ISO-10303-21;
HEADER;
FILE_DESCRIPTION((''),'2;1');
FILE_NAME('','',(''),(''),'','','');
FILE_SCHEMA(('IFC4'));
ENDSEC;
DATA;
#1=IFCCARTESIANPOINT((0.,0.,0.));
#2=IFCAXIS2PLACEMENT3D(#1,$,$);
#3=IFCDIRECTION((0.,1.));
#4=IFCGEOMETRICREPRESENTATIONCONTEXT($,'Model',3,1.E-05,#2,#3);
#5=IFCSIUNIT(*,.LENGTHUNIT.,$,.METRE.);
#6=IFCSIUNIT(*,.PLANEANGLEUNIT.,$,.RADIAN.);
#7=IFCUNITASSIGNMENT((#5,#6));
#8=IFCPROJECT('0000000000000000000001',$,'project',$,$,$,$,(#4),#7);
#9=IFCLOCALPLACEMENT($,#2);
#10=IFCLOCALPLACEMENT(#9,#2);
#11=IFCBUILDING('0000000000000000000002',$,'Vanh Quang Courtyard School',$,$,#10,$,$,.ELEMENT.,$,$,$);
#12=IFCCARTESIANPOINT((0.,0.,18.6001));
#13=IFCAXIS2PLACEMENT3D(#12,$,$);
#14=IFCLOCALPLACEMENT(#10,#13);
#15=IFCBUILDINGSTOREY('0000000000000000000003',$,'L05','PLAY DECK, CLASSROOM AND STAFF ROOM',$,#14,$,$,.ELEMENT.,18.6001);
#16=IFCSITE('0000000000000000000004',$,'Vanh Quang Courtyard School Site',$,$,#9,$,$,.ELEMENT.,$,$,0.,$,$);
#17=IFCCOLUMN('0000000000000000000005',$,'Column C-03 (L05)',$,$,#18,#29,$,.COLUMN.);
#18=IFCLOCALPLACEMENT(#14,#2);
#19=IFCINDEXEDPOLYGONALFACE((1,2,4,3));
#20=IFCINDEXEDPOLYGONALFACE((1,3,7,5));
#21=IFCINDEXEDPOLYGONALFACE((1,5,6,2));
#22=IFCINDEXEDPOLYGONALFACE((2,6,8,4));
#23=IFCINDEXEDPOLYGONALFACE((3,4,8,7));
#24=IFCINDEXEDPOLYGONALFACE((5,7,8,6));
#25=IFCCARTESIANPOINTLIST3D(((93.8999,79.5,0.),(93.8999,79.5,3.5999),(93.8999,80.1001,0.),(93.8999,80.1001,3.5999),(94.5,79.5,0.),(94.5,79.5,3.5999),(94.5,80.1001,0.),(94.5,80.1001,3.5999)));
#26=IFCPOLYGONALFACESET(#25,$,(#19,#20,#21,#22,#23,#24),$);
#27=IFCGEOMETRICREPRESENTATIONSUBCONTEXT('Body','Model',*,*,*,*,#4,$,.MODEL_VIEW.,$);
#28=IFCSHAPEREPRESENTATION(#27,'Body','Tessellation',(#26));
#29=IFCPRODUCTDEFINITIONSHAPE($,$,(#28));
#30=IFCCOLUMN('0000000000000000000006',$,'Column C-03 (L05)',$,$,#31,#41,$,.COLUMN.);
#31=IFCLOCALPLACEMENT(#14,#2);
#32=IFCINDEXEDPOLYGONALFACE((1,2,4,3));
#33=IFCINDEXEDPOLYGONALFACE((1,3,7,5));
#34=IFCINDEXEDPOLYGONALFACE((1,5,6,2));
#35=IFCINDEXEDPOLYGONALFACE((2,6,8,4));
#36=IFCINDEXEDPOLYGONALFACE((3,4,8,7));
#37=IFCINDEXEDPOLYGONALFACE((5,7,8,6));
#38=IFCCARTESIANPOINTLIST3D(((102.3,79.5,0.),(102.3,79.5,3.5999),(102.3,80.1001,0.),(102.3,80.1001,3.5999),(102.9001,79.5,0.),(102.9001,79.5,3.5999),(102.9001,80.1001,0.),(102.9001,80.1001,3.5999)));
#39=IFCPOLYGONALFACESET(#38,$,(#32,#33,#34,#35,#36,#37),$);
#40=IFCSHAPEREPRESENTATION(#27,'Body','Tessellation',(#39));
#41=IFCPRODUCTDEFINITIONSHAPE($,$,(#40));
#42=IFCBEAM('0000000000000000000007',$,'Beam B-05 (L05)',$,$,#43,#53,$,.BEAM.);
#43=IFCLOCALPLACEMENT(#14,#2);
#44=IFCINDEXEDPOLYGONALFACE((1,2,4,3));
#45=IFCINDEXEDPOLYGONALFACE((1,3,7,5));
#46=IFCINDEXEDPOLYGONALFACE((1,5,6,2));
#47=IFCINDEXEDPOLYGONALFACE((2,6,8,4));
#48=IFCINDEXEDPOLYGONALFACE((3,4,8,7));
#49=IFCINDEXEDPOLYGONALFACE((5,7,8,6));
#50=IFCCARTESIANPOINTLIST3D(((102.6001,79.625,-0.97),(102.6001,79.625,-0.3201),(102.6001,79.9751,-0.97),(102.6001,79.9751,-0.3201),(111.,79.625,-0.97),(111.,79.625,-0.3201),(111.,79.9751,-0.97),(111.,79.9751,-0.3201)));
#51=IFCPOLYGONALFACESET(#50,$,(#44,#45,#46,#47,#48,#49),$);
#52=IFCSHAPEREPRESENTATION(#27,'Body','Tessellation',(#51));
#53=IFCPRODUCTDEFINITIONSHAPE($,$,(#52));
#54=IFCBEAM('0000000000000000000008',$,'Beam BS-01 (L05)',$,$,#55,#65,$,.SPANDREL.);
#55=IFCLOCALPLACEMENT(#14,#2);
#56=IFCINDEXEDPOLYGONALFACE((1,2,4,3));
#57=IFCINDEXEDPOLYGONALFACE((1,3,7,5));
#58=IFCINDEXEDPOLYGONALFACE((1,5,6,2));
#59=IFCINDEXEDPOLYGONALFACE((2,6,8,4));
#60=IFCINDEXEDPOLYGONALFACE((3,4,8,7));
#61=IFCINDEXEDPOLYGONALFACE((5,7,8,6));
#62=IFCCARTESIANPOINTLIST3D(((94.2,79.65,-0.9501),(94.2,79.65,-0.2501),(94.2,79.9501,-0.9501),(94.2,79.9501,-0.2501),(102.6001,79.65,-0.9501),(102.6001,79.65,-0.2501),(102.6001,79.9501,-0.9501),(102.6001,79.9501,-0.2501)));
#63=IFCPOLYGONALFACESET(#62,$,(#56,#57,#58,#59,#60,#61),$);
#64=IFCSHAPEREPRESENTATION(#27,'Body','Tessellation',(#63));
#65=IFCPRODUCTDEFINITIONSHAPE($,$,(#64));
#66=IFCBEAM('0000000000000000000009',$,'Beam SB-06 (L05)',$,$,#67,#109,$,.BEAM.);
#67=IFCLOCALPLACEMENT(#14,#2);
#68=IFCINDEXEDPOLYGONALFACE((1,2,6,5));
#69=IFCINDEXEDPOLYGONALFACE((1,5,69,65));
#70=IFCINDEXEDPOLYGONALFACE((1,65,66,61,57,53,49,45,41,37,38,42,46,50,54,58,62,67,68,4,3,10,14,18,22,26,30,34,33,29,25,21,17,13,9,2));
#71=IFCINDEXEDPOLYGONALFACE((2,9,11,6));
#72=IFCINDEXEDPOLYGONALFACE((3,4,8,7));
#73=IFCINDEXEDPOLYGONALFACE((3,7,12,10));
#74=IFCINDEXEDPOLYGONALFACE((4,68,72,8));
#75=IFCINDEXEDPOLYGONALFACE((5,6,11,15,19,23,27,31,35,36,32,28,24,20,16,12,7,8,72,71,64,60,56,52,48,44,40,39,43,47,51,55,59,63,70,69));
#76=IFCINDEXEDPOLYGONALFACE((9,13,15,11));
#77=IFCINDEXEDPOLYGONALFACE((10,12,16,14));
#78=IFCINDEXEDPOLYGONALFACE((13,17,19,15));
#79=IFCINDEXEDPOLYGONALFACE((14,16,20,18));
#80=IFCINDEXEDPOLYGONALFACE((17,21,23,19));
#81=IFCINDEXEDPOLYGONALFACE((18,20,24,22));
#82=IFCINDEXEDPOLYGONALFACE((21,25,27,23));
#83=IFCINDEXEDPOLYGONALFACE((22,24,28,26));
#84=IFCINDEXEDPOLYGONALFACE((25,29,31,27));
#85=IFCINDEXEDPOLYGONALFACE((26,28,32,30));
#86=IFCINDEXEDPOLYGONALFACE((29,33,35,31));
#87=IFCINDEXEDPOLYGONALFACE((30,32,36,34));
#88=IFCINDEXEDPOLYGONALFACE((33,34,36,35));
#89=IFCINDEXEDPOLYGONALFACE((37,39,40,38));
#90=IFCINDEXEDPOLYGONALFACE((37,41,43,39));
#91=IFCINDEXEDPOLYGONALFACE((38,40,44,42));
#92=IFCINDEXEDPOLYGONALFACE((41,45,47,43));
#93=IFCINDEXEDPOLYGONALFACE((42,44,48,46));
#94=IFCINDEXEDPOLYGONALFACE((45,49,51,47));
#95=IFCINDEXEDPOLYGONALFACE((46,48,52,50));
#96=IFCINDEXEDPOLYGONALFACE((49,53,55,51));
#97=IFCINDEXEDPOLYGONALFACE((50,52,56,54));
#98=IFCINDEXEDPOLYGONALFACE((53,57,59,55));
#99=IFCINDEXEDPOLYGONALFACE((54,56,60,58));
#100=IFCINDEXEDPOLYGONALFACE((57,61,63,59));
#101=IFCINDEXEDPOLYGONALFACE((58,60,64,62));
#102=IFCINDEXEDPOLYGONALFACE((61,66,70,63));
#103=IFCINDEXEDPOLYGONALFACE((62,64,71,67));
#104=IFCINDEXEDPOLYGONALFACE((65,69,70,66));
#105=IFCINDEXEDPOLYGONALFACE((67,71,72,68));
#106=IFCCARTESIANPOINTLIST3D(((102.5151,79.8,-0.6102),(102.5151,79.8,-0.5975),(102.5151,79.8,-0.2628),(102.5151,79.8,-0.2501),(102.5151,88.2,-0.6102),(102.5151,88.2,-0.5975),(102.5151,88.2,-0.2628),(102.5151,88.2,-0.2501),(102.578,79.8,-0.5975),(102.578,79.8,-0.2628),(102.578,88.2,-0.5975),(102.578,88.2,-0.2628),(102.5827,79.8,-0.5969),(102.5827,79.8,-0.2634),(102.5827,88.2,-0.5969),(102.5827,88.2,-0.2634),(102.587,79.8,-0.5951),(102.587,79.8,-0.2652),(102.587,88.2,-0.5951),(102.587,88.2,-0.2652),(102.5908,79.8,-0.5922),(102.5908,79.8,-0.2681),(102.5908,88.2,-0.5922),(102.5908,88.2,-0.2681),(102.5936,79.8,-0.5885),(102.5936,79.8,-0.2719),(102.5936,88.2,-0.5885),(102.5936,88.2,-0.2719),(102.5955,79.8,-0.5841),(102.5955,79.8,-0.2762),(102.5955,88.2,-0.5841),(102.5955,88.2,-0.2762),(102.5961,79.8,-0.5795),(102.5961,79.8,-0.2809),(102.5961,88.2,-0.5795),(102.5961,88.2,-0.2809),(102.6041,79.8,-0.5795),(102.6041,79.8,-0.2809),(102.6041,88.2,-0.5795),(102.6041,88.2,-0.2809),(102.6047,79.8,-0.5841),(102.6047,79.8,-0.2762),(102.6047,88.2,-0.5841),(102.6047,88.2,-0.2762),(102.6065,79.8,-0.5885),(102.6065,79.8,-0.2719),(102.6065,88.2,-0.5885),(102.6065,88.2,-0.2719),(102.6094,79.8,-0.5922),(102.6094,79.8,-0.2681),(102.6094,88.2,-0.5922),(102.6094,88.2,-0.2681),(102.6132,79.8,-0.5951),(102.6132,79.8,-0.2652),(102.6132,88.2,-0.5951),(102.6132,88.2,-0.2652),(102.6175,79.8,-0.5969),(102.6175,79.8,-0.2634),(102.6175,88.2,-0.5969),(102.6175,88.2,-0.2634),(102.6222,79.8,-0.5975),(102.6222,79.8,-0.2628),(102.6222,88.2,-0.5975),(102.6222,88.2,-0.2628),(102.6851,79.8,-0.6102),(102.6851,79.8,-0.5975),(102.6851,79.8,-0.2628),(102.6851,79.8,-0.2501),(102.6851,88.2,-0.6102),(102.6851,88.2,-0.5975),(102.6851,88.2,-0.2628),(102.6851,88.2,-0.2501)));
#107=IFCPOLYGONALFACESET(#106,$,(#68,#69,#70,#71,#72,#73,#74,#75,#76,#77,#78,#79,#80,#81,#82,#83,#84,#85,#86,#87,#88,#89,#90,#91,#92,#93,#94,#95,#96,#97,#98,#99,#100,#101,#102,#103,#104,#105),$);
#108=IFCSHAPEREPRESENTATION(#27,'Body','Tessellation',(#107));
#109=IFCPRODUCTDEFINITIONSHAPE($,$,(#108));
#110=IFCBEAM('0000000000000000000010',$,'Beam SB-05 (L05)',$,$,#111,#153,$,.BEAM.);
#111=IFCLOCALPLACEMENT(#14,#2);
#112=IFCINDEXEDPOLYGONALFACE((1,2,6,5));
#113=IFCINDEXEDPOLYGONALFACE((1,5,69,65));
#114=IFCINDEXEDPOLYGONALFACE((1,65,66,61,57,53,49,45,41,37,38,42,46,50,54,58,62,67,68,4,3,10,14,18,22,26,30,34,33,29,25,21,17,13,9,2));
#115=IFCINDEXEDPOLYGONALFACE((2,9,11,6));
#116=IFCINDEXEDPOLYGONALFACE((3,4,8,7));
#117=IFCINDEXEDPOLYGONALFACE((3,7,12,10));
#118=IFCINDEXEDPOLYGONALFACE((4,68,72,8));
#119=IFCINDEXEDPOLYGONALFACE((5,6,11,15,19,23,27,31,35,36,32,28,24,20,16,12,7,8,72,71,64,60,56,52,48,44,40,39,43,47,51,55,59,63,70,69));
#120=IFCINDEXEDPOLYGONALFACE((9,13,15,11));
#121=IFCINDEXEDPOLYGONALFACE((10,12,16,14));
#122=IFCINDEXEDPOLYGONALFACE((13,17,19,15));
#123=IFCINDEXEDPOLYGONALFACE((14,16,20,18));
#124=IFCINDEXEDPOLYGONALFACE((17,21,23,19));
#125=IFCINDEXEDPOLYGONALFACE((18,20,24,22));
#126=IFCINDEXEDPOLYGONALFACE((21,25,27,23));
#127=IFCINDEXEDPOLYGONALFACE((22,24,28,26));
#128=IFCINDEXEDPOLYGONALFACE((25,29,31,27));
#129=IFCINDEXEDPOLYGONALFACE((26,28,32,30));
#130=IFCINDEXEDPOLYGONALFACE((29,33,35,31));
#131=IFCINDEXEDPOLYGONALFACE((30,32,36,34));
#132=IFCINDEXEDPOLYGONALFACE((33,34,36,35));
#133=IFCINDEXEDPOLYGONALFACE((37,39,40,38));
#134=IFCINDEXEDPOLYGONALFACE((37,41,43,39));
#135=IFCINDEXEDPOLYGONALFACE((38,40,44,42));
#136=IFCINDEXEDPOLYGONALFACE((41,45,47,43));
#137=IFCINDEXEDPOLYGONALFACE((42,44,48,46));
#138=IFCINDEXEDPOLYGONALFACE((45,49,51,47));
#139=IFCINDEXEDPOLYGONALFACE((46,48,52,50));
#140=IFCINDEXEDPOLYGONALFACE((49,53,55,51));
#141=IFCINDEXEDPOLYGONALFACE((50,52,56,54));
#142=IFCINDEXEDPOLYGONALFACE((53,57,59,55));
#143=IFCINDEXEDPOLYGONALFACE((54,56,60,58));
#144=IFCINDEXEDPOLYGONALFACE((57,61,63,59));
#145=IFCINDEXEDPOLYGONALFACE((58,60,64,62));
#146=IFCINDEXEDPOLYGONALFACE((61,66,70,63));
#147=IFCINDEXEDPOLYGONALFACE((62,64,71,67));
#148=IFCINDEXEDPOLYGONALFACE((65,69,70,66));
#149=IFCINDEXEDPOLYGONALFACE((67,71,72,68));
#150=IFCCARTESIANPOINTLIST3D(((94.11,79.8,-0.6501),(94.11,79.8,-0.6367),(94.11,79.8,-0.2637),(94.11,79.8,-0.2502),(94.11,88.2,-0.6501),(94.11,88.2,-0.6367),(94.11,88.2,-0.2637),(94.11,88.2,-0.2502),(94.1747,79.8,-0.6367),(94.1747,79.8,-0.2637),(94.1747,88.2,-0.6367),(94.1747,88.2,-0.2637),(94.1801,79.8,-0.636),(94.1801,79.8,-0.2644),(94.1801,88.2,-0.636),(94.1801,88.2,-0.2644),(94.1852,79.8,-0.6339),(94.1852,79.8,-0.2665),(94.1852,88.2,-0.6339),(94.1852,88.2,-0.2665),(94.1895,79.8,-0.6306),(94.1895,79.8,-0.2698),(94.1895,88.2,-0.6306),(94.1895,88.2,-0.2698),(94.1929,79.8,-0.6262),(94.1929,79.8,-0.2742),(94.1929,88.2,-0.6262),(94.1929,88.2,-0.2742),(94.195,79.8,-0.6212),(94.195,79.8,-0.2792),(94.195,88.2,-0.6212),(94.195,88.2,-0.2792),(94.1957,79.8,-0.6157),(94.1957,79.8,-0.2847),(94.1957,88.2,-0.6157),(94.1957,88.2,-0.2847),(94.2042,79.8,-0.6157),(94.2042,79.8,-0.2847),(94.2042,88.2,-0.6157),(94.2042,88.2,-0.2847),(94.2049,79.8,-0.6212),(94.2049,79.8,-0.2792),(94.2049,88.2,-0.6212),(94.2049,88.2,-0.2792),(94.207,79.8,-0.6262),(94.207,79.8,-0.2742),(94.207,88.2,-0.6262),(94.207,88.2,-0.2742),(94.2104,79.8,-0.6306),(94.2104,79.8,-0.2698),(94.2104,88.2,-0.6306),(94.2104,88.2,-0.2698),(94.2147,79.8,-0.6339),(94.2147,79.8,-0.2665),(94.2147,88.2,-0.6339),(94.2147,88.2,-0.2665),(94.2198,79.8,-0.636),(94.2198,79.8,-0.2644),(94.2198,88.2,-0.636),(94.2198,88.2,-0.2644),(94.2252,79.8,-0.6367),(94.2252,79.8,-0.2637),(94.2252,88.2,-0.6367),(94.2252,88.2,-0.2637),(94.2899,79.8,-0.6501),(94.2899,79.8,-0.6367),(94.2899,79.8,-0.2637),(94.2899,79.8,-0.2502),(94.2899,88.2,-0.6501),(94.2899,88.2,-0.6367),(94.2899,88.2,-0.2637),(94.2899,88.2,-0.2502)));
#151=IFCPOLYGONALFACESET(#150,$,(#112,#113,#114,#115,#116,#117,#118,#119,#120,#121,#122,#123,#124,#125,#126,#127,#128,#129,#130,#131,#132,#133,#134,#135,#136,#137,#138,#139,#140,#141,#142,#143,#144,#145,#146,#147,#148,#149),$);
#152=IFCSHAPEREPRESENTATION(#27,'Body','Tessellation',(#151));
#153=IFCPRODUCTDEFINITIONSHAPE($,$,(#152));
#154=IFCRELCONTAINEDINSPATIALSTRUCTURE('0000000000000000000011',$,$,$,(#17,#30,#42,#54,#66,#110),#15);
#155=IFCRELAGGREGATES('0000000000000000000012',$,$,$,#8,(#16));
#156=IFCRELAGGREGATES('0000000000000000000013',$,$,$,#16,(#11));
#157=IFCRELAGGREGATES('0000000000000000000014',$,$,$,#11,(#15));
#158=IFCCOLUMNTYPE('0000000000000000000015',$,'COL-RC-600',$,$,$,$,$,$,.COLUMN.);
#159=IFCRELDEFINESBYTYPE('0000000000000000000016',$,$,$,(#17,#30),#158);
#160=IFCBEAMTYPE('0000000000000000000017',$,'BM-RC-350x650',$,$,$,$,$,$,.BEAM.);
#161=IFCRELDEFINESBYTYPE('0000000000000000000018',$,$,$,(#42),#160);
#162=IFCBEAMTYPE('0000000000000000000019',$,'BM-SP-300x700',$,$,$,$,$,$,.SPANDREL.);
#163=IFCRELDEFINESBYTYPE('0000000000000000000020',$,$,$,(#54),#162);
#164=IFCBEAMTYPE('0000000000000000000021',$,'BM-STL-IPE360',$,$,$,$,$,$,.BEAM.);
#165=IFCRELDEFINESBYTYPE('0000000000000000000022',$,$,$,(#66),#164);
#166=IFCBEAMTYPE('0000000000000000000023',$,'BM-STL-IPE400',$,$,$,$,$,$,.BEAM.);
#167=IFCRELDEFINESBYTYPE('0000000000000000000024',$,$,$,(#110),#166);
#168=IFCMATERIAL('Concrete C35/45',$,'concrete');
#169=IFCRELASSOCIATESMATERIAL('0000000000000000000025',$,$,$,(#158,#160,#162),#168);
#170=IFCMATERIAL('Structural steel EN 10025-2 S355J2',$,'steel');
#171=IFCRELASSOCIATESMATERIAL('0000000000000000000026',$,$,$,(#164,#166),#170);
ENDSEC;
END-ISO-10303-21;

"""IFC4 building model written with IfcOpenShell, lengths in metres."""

from ifc_helpers import new_model, si_unit, direction, frame, origin, origin_2d, place, context, subcontext, project, spatial, rectangle, i_section, extrude, material, material_profile, profile_set, type_object, element, save


model = new_model("IFC4")

# Units and contexts
model_context = context("Model", 3, precision=1e-05, world=origin(), true_north=direction((0.0, 1.0)))
body_context = subcontext(model_context, "Body", "Model", "MODEL_VIEW")
ifc_project = project(units=[si_unit("LENGTHUNIT", "METRE"), si_unit("PLANEANGLEUNIT", "RADIAN")], contexts=[model_context])

# Site, building, storey
site_placement = place(None, origin())
site = spatial("IfcSite", under=ifc_project, at=site_placement, Name="Vanh Quang Courtyard School Site", CompositionType="ELEMENT", RefElevation=0.0)
building_placement = place(site_placement, origin())
building = spatial("IfcBuilding", under=site, at=building_placement, Name="Vanh Quang Courtyard School", CompositionType="ELEMENT")
storey_placement = place(building_placement, frame((0.0, 0.0, 18.6001)))
storey = spatial("IfcBuildingStorey", under=building, at=storey_placement, Name="L05", Description="PLAY DECK, CLASSROOM AND STAFF ROOM", CompositionType="ELEMENT", Elevation=18.6001)

# Columns
ifc_material_1 = material(Name="Concrete C35/45", Category="concrete")
ifc_material_profile_1 = material_profile(ifc_material_1, rectangle(XDim=0.6001, YDim=0.6001, at=origin_2d()), Name="RC-COL 600x600")
ifc_profile_set_1 = profile_set([ifc_material_profile_1], Name="Concrete C35/45")
column_type = type_object("IfcColumnType", Name="COL-RC-600", PredefinedType="COLUMN", material=ifc_profile_set_1)
for number, where, z_axis, x_axis, name in (
    (1, (94.2, 79.8, 0.0), (0.0, 0.0, 1.0), (1.0, 0.0, 0.0), "Column C-03 (L05)"),
    (2, (102.6001, 79.8, 0.0), (0.0, 0.0, 1.0), (1.0, 0.0, 0.0), "Column C-03 (L05)"),
):
    element("IfcColumn", number, at=place(storey_placement, frame(where, z_axis=z_axis, x_axis=x_axis)), inside=storey, type_object=column_type, Name=name, PredefinedType="COLUMN", context=body_context, shape_type="SweptSolid", body=[
        extrude(rectangle(XDim=0.6001, YDim=0.6001, at=origin_2d()), origin(), (0.0, 0.0, 1.0), 3.5999),
    ])

# Beams
ifc_material_profile_2 = material_profile(ifc_material_1, rectangle(XDim=0.3501, YDim=0.6499, at=origin_2d()), Name="RC-BM 350x650")
ifc_profile_set_2 = profile_set([ifc_material_profile_2], Name="Concrete C35/45")
beam_type_1 = type_object("IfcBeamType", Name="BM-RC-350x650", PredefinedType="BEAM", material=ifc_profile_set_2)
beam_1_placement = place(storey_placement, frame((102.6001, 79.8, -0.645), z_axis=(1.0, 0.0, 0.0), x_axis=(0.0, 1.0, 0.0)))
element("IfcBeam", 3, at=beam_1_placement, inside=storey, type_object=beam_type_1, Name="Beam B-05 (L05)", PredefinedType="BEAM", context=body_context, shape_type="SweptSolid", body=[
    extrude(rectangle(XDim=0.3501, YDim=0.6499, at=origin_2d()), origin(), (0.0, 0.0, 1.0), 8.3999),
])
ifc_material_profile_3 = material_profile(ifc_material_1, rectangle(XDim=0.3, YDim=0.7, at=origin_2d()), Name="RC-SP 300x700")
ifc_profile_set_3 = profile_set([ifc_material_profile_3], Name="Concrete C35/45")
beam_type_2 = type_object("IfcBeamType", Name="BM-SP-300x700", PredefinedType="SPANDREL", material=ifc_profile_set_3)
beam_2_placement = place(storey_placement, frame((94.2, 79.8, -0.6001), z_axis=(1.0, 0.0, 0.0), x_axis=(0.0, 1.0, 0.0)))
element("IfcBeam", 4, at=beam_2_placement, inside=storey, type_object=beam_type_2, Name="Beam BS-01 (L05)", PredefinedType="SPANDREL", context=body_context, shape_type="SweptSolid", body=[
    extrude(rectangle(XDim=0.3, YDim=0.7, at=origin_2d()), origin(), (0.0, 0.0, 1.0), 8.4001),
])
ifc_material_2 = material(Name="Structural steel EN 10025-2 S355J2", Category="steel")
ifc_material_profile_4 = material_profile(ifc_material_2, i_section(OverallWidth=0.1699, OverallDepth=0.3601, WebThickness=0.0081, FlangeThickness=0.0127, FilletRadius=0.0181, at=origin_2d()), Name="IPE 360")
ifc_profile_set_4 = profile_set([ifc_material_profile_4], Name="Structural steel EN 10025-2 S355J2")
beam_type_3 = type_object("IfcBeamType", Name="BM-STL-IPE360", PredefinedType="BEAM", material=ifc_profile_set_4)
beam_3_placement = place(storey_placement, frame((102.6001, 79.8, -0.4302), z_axis=(0.0, 1.0, 0.0), x_axis=(-1.0, 0.0, 0.0)))
element("IfcBeam", 5, at=beam_3_placement, inside=storey, type_object=beam_type_3, Name="Beam SB-06 (L05)", PredefinedType="BEAM", context=body_context, shape_type="SweptSolid", body=[
    extrude(i_section(OverallWidth=0.1699, OverallDepth=0.3601, WebThickness=0.0081, FlangeThickness=0.0127, FilletRadius=0.0181, at=origin_2d()), origin(), (0.0, 0.0, 1.0), 8.3999),
])
ifc_material_profile_5 = material_profile(ifc_material_2, i_section(OverallWidth=0.1799, OverallDepth=0.3999, WebThickness=0.0085, FlangeThickness=0.0134, FilletRadius=0.021, at=origin_2d()), Name="IPE 400")
ifc_profile_set_5 = profile_set([ifc_material_profile_5], Name="Structural steel EN 10025-2 S355J2")
beam_type_4 = type_object("IfcBeamType", Name="BM-STL-IPE400", PredefinedType="BEAM", material=ifc_profile_set_5)
beam_4_placement = place(storey_placement, frame((94.2, 79.8, -0.4502), z_axis=(0.0, 1.0, 0.0), x_axis=(-1.0, 0.0, 0.0)))
element("IfcBeam", 6, at=beam_4_placement, inside=storey, type_object=beam_type_4, Name="Beam SB-05 (L05)", PredefinedType="BEAM", context=body_context, shape_type="SweptSolid", body=[
    extrude(i_section(OverallWidth=0.1799, OverallDepth=0.3999, WebThickness=0.0085, FlangeThickness=0.0134, FilletRadius=0.021, at=origin_2d()), origin(), (0.0, 0.0, 1.0), 8.3999),
])

save(model, "model.ifc")
